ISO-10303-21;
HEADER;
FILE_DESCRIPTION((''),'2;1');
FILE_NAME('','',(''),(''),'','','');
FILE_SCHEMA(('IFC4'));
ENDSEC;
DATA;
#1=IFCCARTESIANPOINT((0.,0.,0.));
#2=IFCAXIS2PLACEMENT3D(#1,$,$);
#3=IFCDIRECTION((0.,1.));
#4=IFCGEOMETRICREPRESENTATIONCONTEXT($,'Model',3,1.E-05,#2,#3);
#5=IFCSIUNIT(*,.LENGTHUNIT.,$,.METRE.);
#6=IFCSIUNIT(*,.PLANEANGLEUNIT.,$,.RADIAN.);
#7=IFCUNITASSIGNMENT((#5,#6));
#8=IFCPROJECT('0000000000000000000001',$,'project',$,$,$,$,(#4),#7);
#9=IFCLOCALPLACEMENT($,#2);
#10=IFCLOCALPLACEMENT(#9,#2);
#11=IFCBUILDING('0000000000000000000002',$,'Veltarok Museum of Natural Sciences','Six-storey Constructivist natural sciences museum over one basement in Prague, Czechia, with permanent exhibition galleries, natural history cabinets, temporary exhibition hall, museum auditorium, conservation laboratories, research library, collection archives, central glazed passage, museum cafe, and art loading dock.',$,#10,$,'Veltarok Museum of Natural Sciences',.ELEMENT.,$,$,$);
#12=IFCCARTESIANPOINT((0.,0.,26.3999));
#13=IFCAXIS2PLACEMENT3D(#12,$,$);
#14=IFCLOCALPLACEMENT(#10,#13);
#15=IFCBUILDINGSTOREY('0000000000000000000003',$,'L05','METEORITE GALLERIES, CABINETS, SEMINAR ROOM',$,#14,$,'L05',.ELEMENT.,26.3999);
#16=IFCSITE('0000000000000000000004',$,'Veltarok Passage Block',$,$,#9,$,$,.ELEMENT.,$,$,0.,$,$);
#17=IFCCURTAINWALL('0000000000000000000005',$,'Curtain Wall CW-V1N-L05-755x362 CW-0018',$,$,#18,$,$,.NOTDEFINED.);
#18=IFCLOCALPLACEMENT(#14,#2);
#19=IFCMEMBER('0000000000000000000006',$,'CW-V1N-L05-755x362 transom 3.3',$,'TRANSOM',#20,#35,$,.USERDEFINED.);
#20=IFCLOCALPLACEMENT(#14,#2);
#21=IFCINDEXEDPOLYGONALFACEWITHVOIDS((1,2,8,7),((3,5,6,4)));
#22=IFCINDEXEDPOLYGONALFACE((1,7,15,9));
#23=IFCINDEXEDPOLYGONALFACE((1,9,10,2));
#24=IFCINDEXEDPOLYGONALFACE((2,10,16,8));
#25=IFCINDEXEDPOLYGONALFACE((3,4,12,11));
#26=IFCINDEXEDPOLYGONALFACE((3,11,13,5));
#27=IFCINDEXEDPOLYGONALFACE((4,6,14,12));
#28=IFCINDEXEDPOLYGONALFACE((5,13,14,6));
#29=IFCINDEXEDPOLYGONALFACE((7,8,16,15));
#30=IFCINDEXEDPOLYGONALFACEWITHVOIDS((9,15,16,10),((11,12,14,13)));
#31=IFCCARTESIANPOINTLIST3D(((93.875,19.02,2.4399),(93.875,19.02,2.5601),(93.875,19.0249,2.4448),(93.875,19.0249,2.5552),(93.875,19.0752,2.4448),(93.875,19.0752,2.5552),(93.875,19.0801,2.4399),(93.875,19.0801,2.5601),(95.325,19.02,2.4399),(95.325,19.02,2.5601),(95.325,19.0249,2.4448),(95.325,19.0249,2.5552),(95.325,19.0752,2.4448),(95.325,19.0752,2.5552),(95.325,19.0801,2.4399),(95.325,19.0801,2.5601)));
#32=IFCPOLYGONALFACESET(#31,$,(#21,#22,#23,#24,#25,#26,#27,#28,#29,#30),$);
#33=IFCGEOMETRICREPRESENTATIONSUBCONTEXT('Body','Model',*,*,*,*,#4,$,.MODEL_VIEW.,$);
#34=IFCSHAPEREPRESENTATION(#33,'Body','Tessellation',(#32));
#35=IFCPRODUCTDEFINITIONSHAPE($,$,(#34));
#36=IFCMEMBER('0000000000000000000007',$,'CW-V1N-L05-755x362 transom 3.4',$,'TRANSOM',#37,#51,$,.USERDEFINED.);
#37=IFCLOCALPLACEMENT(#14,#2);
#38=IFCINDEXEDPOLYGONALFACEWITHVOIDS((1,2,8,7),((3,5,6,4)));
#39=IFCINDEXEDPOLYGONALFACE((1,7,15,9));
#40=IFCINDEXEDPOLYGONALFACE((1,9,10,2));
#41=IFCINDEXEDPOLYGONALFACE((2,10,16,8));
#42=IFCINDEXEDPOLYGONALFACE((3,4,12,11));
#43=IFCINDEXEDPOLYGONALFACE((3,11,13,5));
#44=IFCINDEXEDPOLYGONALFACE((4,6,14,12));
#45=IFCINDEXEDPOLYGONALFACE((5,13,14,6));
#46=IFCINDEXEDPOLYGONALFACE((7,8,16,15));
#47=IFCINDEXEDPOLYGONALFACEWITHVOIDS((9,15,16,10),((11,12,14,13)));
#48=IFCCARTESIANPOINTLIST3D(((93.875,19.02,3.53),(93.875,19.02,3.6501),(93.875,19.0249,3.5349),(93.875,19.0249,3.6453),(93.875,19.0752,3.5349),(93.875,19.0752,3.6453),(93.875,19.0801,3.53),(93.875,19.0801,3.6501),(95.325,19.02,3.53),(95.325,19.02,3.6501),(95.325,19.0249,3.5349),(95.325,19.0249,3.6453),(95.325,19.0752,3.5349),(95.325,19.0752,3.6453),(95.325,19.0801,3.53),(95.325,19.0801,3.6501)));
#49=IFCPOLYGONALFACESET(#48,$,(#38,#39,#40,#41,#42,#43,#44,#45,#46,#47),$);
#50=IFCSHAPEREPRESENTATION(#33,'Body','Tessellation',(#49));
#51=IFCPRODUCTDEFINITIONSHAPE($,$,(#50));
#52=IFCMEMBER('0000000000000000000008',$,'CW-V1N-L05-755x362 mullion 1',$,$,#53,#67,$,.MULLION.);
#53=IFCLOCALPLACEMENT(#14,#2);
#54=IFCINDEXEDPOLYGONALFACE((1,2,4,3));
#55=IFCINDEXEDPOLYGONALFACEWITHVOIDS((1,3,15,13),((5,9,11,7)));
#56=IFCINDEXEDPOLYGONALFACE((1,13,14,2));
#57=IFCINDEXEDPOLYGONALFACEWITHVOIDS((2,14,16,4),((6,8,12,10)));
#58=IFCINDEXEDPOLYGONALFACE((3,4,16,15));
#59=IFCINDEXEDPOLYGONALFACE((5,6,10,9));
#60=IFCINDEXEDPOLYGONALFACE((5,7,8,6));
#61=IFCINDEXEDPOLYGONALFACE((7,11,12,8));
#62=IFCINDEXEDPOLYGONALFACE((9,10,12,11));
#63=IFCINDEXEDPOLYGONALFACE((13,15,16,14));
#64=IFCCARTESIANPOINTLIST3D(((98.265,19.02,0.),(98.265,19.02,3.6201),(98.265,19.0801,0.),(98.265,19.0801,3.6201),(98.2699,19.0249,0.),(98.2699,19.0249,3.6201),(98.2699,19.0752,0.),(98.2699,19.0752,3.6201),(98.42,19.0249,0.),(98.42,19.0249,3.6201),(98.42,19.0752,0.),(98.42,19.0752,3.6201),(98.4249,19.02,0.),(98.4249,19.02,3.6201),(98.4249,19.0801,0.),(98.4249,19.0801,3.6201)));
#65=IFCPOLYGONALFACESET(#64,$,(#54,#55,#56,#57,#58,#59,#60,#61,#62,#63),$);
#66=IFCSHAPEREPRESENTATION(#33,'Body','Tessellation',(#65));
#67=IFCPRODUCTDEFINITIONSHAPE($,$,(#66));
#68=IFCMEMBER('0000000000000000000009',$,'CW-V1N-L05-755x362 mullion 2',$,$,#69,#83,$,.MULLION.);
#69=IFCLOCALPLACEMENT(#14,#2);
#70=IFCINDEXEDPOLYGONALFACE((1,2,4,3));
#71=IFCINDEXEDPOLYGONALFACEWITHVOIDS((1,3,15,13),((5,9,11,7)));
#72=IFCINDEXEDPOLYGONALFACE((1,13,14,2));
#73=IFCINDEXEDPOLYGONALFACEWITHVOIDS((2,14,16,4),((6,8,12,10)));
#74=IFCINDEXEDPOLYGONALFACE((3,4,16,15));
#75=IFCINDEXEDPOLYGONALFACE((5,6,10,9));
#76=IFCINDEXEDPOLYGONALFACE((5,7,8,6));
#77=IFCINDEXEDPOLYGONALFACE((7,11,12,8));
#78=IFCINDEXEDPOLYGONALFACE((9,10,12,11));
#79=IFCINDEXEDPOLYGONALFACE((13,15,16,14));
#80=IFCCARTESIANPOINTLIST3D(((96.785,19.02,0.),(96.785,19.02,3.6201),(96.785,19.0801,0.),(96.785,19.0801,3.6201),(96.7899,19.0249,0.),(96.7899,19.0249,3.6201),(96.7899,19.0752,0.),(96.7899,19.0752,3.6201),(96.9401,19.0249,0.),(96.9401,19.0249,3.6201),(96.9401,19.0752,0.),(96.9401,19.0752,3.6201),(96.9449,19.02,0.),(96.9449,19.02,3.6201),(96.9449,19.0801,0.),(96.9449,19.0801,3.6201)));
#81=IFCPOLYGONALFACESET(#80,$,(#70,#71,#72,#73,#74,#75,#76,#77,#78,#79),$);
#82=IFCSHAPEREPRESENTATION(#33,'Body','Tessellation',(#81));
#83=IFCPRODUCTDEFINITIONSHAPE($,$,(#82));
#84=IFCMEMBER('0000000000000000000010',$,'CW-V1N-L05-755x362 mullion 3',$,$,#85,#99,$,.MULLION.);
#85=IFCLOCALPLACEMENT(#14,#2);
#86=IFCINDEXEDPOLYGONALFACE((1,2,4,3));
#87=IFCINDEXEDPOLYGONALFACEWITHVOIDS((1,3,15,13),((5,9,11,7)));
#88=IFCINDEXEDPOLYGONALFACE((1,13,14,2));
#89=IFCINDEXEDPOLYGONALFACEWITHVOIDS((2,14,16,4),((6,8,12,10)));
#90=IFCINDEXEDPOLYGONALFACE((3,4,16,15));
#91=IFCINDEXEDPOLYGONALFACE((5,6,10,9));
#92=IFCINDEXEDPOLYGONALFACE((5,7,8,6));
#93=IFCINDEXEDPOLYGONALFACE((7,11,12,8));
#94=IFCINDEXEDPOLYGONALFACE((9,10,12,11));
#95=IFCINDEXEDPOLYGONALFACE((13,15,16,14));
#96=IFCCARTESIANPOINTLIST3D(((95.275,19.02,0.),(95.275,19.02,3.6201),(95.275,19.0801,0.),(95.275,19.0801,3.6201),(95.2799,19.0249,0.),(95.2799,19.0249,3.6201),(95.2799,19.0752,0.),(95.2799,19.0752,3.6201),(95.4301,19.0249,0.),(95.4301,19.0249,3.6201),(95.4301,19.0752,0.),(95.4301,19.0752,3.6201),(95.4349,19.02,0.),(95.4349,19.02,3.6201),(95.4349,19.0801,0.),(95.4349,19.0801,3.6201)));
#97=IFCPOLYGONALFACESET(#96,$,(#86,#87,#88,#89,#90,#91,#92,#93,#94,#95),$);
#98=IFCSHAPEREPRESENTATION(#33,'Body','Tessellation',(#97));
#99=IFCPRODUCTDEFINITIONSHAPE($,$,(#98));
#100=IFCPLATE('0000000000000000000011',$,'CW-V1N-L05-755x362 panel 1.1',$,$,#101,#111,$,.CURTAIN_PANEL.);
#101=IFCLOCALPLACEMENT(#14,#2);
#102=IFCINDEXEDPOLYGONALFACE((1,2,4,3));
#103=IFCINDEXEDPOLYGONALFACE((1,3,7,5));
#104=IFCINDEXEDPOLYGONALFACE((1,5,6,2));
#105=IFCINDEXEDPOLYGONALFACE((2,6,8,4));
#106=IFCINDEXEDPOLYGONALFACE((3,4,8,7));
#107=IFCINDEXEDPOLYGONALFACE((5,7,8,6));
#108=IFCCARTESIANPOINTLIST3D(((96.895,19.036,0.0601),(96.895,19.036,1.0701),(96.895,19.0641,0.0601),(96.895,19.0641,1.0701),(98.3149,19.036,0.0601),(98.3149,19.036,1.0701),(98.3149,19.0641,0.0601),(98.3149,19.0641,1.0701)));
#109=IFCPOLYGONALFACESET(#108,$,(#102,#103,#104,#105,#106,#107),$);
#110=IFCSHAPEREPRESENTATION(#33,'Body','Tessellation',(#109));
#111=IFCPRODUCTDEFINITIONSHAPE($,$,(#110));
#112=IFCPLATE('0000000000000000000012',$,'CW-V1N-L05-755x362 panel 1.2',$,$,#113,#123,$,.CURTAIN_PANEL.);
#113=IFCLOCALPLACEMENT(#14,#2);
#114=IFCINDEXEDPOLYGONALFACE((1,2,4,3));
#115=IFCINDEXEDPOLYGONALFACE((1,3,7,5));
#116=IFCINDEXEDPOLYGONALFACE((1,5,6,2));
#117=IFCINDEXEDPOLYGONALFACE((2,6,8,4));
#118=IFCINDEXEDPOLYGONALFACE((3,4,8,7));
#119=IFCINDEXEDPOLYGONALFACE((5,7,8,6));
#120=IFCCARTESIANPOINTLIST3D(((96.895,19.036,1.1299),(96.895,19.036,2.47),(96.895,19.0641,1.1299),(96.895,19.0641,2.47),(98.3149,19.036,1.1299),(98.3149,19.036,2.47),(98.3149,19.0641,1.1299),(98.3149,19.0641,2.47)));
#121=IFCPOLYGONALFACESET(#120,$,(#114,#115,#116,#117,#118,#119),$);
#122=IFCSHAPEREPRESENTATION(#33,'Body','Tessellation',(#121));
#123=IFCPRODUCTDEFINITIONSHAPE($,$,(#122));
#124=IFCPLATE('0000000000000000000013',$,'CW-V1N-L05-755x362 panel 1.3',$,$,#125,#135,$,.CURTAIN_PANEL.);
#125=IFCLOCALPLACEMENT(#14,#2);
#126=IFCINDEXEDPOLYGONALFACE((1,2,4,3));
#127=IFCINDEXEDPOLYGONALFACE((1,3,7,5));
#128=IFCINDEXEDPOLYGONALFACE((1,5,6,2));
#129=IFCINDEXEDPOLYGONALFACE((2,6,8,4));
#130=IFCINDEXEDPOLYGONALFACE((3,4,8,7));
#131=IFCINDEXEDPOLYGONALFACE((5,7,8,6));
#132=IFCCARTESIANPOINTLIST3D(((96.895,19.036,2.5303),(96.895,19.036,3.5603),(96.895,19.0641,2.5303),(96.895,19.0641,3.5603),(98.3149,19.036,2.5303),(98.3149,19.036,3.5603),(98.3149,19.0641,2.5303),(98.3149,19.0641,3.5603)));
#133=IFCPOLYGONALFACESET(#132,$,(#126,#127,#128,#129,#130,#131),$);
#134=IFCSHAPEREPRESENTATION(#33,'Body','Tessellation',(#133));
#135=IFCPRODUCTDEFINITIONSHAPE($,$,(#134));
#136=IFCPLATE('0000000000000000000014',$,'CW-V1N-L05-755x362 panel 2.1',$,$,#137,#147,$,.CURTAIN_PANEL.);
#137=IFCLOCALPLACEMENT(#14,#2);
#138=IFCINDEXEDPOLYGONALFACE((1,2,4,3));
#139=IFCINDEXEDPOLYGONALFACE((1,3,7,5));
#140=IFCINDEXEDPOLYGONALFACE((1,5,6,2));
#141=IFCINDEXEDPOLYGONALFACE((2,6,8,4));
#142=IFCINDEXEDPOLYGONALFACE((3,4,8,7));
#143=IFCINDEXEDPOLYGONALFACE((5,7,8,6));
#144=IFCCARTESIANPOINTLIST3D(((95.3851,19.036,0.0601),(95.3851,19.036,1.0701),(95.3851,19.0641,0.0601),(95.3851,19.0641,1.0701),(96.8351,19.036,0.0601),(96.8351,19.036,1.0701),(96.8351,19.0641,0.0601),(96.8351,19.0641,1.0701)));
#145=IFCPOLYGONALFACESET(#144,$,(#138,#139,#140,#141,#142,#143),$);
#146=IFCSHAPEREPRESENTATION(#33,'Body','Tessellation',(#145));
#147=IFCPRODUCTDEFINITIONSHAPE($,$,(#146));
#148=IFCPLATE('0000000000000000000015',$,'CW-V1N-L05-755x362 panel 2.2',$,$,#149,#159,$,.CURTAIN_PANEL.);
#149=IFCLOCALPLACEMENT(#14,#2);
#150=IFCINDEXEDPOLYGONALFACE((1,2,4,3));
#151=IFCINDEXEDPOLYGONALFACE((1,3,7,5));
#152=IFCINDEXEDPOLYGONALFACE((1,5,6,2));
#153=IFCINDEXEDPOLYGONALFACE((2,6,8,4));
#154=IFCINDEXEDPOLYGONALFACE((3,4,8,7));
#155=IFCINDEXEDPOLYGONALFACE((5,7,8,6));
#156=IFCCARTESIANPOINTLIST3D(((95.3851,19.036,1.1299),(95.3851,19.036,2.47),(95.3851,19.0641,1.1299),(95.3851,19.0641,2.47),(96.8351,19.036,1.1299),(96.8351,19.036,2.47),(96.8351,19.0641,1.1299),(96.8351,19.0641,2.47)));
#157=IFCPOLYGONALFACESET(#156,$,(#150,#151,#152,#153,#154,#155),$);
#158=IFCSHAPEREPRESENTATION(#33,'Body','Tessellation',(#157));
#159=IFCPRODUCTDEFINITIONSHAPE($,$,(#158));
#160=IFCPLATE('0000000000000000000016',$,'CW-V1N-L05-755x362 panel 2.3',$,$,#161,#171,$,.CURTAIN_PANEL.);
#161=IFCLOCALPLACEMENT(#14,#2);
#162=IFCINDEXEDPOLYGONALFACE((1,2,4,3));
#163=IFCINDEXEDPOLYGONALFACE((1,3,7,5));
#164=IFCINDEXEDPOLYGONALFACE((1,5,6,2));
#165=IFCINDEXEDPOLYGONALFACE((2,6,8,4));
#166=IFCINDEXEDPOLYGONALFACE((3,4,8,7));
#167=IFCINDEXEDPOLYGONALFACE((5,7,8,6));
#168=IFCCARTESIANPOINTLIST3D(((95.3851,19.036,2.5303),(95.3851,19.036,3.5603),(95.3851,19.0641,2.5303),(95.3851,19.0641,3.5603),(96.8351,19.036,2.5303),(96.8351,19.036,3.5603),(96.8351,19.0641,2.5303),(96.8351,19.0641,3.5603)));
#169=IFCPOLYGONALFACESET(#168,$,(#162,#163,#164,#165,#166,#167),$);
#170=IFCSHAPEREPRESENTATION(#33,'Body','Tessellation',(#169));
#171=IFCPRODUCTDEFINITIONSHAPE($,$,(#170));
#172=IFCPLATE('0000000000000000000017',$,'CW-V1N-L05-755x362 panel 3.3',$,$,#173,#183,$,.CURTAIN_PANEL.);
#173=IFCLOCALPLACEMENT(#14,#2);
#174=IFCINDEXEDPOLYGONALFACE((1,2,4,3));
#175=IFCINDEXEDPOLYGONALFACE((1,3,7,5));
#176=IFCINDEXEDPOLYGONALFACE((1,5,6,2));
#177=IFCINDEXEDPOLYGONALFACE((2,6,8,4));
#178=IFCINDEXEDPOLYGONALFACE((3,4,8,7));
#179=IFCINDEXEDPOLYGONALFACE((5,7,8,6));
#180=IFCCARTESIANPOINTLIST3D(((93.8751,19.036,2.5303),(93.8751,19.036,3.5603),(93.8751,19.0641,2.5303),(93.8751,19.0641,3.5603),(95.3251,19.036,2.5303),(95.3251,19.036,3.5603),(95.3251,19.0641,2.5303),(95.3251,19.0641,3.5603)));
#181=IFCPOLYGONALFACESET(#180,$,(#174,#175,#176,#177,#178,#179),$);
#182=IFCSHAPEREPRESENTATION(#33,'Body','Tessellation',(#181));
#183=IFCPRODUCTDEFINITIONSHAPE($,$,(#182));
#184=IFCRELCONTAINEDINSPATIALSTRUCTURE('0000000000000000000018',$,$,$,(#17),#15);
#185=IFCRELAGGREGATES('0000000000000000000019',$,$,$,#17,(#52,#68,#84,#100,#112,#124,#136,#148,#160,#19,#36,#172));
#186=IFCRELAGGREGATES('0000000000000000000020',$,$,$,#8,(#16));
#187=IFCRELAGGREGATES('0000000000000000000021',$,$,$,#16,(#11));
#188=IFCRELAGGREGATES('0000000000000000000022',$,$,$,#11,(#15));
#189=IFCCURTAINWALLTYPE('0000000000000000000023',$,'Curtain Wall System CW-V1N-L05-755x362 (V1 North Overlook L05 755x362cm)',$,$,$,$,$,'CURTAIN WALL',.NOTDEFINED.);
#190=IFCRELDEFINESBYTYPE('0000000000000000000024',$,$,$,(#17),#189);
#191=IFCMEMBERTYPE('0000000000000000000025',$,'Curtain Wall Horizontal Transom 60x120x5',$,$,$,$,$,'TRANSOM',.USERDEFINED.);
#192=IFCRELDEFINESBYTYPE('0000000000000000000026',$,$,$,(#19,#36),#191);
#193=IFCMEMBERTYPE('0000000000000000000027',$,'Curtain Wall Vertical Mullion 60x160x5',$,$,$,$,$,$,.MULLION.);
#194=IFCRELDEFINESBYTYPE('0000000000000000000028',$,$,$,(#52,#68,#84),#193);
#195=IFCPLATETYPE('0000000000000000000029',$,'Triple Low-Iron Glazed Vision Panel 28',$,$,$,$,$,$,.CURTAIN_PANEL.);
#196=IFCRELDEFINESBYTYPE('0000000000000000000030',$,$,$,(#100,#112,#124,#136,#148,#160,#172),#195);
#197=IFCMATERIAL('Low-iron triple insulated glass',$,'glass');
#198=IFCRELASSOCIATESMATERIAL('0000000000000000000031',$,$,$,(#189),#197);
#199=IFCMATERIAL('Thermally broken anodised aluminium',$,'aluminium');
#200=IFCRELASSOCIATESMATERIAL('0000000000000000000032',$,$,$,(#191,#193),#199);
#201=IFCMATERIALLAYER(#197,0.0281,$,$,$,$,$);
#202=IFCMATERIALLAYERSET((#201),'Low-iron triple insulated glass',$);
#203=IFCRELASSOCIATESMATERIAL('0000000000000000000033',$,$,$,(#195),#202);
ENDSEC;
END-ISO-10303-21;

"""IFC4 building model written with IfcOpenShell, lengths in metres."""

from ifc_helpers import new_model, si_unit, direction, frame, origin, origin_2d, place, context, subcontext, project, spatial, rectangle, hollow_rectangle, extrude, material, layer, layer_set, material_profile, profile_set, type_object, element, aggregate, save


model = new_model("IFC4")

# Units and contexts
model_context = context("Model", 3, precision=1e-05, world=origin(), true_north=direction((0.0, 1.0)))
body_context = subcontext(model_context, "Body", "Model", "MODEL_VIEW")
ifc_project = project(units=[si_unit("LENGTHUNIT", "METRE"), si_unit("PLANEANGLEUNIT", "RADIAN")], contexts=[model_context])

# Site, building, storey
site_placement = place(None, origin())
site = spatial("IfcSite", under=ifc_project, at=site_placement, Name="Veltarok Passage Block", CompositionType="ELEMENT", RefElevation=0.0)
building_placement = place(site_placement, origin())
building = spatial("IfcBuilding", under=site, at=building_placement, Name="Veltarok Museum of Natural Sciences", Description="Six-storey Constructivist natural sciences museum over one basement in Prague, Czechia, with permanent exhibition galleries, natural history cabinets, temporary exhibition hall, museum auditorium, conservation laboratories, research library, collection archives, central glazed passage, museum cafe, and art loading dock.", LongName="Veltarok Museum of Natural Sciences", CompositionType="ELEMENT")
storey_placement = place(building_placement, frame((0.0, 0.0, 26.3999)))
storey = spatial("IfcBuildingStorey", under=building, at=storey_placement, Name="L05", Description="METEORITE GALLERIES, CABINETS, SEMINAR ROOM", LongName="L05", CompositionType="ELEMENT", Elevation=26.3999)

# Curtain wall, members, plates
ifc_material_1 = material(Name="Low-iron triple insulated glass", Category="glass")
curtain_wall_type = type_object("IfcCurtainWallType", Name="Curtain Wall System CW-V1N-L05-755x362 (V1 North Overlook L05 755x362cm)", ElementType="CURTAIN WALL", PredefinedType="NOTDEFINED", material=ifc_material_1)
curtain_wall_placement = place(storey_placement, origin())
curtain_wall = element("IfcCurtainWall", 1, at=curtain_wall_placement, inside=storey, type_object=curtain_wall_type, Name="Curtain Wall CW-V1N-L05-755x362 CW-0018", PredefinedType="NOTDEFINED")
ifc_material_2 = material(Name="Thermally broken anodised aluminium", Category="aluminium")
ifc_material_profile_1 = material_profile(ifc_material_2, hollow_rectangle(XDim=0.0601, YDim=0.1201, WallThickness=0.0049, at=origin_2d()), Name="CW TRANSOM 60x120x5")
ifc_profile_set_1 = profile_set([ifc_material_profile_1], Name="Thermally broken anodised aluminium")
member_type_1 = type_object("IfcMemberType", Name="Curtain Wall Horizontal Transom 60x120x5", ElementType="TRANSOM", PredefinedType="USERDEFINED", material=ifc_profile_set_1)
member_1_placement = place(storey_placement, frame((95.325, 19.05, 2.5), z_axis=(-1.0, 0.0, 0.0), x_axis=(0.0, -1.0, 0.0)))
member_1 = element("IfcMember", 2, at=member_1_placement, type_object=member_type_1, Name="CW-V1N-L05-755x362 transom 3.3", ObjectType="TRANSOM", PredefinedType="USERDEFINED", context=body_context, shape_type="SweptSolid", body=[
    extrude(hollow_rectangle(XDim=0.0601, YDim=0.1201, WallThickness=0.0049, at=origin_2d()), origin(), (0.0, 0.0, 1.0), 1.45),
])
member_2_placement = place(storey_placement, frame((95.325, 19.05, 3.5901), z_axis=(-1.0, 0.0, 0.0), x_axis=(0.0, -1.0, 0.0)))
member_2 = element("IfcMember", 3, at=member_2_placement, type_object=member_type_1, Name="CW-V1N-L05-755x362 transom 3.4", ObjectType="TRANSOM", PredefinedType="USERDEFINED", context=body_context, shape_type="SweptSolid", body=[
    extrude(hollow_rectangle(XDim=0.0601, YDim=0.1201, WallThickness=0.0049, at=origin_2d()), origin(), (0.0, 0.0, 1.0), 1.45),
])
ifc_material_profile_2 = material_profile(ifc_material_2, hollow_rectangle(XDim=0.0601, YDim=0.1599, WallThickness=0.0049, at=origin_2d()), Name="CW MULLION 60x160x5")
ifc_profile_set_2 = profile_set([ifc_material_profile_2], Name="Thermally broken anodised aluminium")
member_type_2 = type_object("IfcMemberType", Name="Curtain Wall Vertical Mullion 60x160x5", PredefinedType="MULLION", material=ifc_profile_set_2)
member_3_placement = place(storey_placement, frame((98.345, 19.05, 0.0), z_axis=(0.0, 0.0, 1.0), x_axis=(0.0, -1.0, 0.0)))
member_3 = element("IfcMember", 4, at=member_3_placement, type_object=member_type_2, Name="CW-V1N-L05-755x362 mullion 1", PredefinedType="MULLION", context=body_context, shape_type="SweptSolid", body=[
    extrude(hollow_rectangle(XDim=0.0601, YDim=0.1599, WallThickness=0.0049, at=origin_2d()), origin(), (0.0, 0.0, 1.0), 3.6201),
])
member_4_placement = place(storey_placement, frame((96.865, 19.05, 0.0), z_axis=(0.0, 0.0, 1.0), x_axis=(0.0, -1.0, 0.0)))
member_4 = element("IfcMember", 5, at=member_4_placement, type_object=member_type_2, Name="CW-V1N-L05-755x362 mullion 2", PredefinedType="MULLION", context=body_context, shape_type="SweptSolid", body=[
    extrude(hollow_rectangle(XDim=0.0601, YDim=0.1599, WallThickness=0.0049, at=origin_2d()), origin(), (0.0, 0.0, 1.0), 3.6201),
])
member_5_placement = place(storey_placement, frame((95.355, 19.05, 0.0), z_axis=(0.0, 0.0, 1.0), x_axis=(0.0, -1.0, 0.0)))
member_5 = element("IfcMember", 6, at=member_5_placement, type_object=member_type_2, Name="CW-V1N-L05-755x362 mullion 3", PredefinedType="MULLION", context=body_context, shape_type="SweptSolid", body=[
    extrude(hollow_rectangle(XDim=0.0601, YDim=0.1599, WallThickness=0.0049, at=origin_2d()), origin(), (0.0, 0.0, 1.0), 3.6201),
])
ifc_layer = layer(ifc_material_1, 0.0281)
ifc_layer_set = layer_set([ifc_layer], Name="Low-iron triple insulated glass")
plate_type = type_object("IfcPlateType", Name="Triple Low-Iron Glazed Vision Panel 28", PredefinedType="CURTAIN_PANEL", material=ifc_layer_set)
plate_1_placement = place(storey_placement, frame((97.605, 19.05, 0.0601), z_axis=(0.0, 0.0, 1.0), x_axis=(-1.0, 0.0, 0.0)))
plate_1 = element("IfcPlate", 7, at=plate_1_placement, type_object=plate_type, Name="CW-V1N-L05-755x362 panel 1.1", PredefinedType="CURTAIN_PANEL", context=body_context, shape_type="SweptSolid", body=[
    extrude(rectangle(XDim=1.4199, YDim=0.0281, at=origin_2d()), origin(), (0.0, 0.0, 1.0), 1.01),
])
plate_2_placement = place(storey_placement, frame((97.605, 19.05, 1.1299), z_axis=(0.0, 0.0, 1.0), x_axis=(-1.0, 0.0, 0.0)))
plate_2 = element("IfcPlate", 8, at=plate_2_placement, type_object=plate_type, Name="CW-V1N-L05-755x362 panel 1.2", PredefinedType="CURTAIN_PANEL", context=body_context, shape_type="SweptSolid", body=[
    extrude(rectangle(XDim=1.4199, YDim=0.0281, at=origin_2d()), origin(), (0.0, 0.0, 1.0), 1.3401),
])
plate_3_placement = place(storey_placement, frame((97.605, 19.05, 2.5303), z_axis=(0.0, 0.0, 1.0), x_axis=(-1.0, 0.0, 0.0)))
plate_3 = element("IfcPlate", 9, at=plate_3_placement, type_object=plate_type, Name="CW-V1N-L05-755x362 panel 1.3", PredefinedType="CURTAIN_PANEL", context=body_context, shape_type="SweptSolid", body=[
    extrude(rectangle(XDim=1.4199, YDim=0.0281, at=origin_2d()), origin(), (0.0, 0.0, 1.0), 1.03),
])
plate_4_placement = place(storey_placement, frame((96.1101, 19.05, 0.0601), z_axis=(0.0, 0.0, 1.0), x_axis=(-1.0, 0.0, 0.0)))
plate_4 = element("IfcPlate", 10, at=plate_4_placement, type_object=plate_type, Name="CW-V1N-L05-755x362 panel 2.1", PredefinedType="CURTAIN_PANEL", context=body_context, shape_type="SweptSolid", body=[
    extrude(rectangle(XDim=1.45, YDim=0.0281, at=origin_2d()), origin(), (0.0, 0.0, 1.0), 1.01),
])
plate_5_placement = place(storey_placement, frame((96.1101, 19.05, 1.1299), z_axis=(0.0, 0.0, 1.0), x_axis=(-1.0, 0.0, 0.0)))
plate_5 = element("IfcPlate", 11, at=plate_5_placement, type_object=plate_type, Name="CW-V1N-L05-755x362 panel 2.2", PredefinedType="CURTAIN_PANEL", context=body_context, shape_type="SweptSolid", body=[
    extrude(rectangle(XDim=1.45, YDim=0.0281, at=origin_2d()), origin(), (0.0, 0.0, 1.0), 1.3401),
])
plate_6_placement = place(storey_placement, frame((96.1101, 19.05, 2.5303), z_axis=(0.0, 0.0, 1.0), x_axis=(-1.0, 0.0, 0.0)))
plate_6 = element("IfcPlate", 12, at=plate_6_placement, type_object=plate_type, Name="CW-V1N-L05-755x362 panel 2.3", PredefinedType="CURTAIN_PANEL", context=body_context, shape_type="SweptSolid", body=[
    extrude(rectangle(XDim=1.45, YDim=0.0281, at=origin_2d()), origin(), (0.0, 0.0, 1.0), 1.03),
])
plate_7_placement = place(storey_placement, frame((94.6001, 19.05, 2.5303), z_axis=(0.0, 0.0, 1.0), x_axis=(-1.0, 0.0, 0.0)))
plate_7 = element("IfcPlate", 13, at=plate_7_placement, type_object=plate_type, Name="CW-V1N-L05-755x362 panel 3.3", PredefinedType="CURTAIN_PANEL", context=body_context, shape_type="SweptSolid", body=[
    extrude(rectangle(XDim=1.45, YDim=0.0281, at=origin_2d()), origin(), (0.0, 0.0, 1.0), 1.03),
])
aggregate(curtain_wall, [member_3, member_4, member_5, plate_1, plate_2, plate_3, plate_4, plate_5, plate_6, member_1, member_2, plate_7])

save(model, "model.ifc")
